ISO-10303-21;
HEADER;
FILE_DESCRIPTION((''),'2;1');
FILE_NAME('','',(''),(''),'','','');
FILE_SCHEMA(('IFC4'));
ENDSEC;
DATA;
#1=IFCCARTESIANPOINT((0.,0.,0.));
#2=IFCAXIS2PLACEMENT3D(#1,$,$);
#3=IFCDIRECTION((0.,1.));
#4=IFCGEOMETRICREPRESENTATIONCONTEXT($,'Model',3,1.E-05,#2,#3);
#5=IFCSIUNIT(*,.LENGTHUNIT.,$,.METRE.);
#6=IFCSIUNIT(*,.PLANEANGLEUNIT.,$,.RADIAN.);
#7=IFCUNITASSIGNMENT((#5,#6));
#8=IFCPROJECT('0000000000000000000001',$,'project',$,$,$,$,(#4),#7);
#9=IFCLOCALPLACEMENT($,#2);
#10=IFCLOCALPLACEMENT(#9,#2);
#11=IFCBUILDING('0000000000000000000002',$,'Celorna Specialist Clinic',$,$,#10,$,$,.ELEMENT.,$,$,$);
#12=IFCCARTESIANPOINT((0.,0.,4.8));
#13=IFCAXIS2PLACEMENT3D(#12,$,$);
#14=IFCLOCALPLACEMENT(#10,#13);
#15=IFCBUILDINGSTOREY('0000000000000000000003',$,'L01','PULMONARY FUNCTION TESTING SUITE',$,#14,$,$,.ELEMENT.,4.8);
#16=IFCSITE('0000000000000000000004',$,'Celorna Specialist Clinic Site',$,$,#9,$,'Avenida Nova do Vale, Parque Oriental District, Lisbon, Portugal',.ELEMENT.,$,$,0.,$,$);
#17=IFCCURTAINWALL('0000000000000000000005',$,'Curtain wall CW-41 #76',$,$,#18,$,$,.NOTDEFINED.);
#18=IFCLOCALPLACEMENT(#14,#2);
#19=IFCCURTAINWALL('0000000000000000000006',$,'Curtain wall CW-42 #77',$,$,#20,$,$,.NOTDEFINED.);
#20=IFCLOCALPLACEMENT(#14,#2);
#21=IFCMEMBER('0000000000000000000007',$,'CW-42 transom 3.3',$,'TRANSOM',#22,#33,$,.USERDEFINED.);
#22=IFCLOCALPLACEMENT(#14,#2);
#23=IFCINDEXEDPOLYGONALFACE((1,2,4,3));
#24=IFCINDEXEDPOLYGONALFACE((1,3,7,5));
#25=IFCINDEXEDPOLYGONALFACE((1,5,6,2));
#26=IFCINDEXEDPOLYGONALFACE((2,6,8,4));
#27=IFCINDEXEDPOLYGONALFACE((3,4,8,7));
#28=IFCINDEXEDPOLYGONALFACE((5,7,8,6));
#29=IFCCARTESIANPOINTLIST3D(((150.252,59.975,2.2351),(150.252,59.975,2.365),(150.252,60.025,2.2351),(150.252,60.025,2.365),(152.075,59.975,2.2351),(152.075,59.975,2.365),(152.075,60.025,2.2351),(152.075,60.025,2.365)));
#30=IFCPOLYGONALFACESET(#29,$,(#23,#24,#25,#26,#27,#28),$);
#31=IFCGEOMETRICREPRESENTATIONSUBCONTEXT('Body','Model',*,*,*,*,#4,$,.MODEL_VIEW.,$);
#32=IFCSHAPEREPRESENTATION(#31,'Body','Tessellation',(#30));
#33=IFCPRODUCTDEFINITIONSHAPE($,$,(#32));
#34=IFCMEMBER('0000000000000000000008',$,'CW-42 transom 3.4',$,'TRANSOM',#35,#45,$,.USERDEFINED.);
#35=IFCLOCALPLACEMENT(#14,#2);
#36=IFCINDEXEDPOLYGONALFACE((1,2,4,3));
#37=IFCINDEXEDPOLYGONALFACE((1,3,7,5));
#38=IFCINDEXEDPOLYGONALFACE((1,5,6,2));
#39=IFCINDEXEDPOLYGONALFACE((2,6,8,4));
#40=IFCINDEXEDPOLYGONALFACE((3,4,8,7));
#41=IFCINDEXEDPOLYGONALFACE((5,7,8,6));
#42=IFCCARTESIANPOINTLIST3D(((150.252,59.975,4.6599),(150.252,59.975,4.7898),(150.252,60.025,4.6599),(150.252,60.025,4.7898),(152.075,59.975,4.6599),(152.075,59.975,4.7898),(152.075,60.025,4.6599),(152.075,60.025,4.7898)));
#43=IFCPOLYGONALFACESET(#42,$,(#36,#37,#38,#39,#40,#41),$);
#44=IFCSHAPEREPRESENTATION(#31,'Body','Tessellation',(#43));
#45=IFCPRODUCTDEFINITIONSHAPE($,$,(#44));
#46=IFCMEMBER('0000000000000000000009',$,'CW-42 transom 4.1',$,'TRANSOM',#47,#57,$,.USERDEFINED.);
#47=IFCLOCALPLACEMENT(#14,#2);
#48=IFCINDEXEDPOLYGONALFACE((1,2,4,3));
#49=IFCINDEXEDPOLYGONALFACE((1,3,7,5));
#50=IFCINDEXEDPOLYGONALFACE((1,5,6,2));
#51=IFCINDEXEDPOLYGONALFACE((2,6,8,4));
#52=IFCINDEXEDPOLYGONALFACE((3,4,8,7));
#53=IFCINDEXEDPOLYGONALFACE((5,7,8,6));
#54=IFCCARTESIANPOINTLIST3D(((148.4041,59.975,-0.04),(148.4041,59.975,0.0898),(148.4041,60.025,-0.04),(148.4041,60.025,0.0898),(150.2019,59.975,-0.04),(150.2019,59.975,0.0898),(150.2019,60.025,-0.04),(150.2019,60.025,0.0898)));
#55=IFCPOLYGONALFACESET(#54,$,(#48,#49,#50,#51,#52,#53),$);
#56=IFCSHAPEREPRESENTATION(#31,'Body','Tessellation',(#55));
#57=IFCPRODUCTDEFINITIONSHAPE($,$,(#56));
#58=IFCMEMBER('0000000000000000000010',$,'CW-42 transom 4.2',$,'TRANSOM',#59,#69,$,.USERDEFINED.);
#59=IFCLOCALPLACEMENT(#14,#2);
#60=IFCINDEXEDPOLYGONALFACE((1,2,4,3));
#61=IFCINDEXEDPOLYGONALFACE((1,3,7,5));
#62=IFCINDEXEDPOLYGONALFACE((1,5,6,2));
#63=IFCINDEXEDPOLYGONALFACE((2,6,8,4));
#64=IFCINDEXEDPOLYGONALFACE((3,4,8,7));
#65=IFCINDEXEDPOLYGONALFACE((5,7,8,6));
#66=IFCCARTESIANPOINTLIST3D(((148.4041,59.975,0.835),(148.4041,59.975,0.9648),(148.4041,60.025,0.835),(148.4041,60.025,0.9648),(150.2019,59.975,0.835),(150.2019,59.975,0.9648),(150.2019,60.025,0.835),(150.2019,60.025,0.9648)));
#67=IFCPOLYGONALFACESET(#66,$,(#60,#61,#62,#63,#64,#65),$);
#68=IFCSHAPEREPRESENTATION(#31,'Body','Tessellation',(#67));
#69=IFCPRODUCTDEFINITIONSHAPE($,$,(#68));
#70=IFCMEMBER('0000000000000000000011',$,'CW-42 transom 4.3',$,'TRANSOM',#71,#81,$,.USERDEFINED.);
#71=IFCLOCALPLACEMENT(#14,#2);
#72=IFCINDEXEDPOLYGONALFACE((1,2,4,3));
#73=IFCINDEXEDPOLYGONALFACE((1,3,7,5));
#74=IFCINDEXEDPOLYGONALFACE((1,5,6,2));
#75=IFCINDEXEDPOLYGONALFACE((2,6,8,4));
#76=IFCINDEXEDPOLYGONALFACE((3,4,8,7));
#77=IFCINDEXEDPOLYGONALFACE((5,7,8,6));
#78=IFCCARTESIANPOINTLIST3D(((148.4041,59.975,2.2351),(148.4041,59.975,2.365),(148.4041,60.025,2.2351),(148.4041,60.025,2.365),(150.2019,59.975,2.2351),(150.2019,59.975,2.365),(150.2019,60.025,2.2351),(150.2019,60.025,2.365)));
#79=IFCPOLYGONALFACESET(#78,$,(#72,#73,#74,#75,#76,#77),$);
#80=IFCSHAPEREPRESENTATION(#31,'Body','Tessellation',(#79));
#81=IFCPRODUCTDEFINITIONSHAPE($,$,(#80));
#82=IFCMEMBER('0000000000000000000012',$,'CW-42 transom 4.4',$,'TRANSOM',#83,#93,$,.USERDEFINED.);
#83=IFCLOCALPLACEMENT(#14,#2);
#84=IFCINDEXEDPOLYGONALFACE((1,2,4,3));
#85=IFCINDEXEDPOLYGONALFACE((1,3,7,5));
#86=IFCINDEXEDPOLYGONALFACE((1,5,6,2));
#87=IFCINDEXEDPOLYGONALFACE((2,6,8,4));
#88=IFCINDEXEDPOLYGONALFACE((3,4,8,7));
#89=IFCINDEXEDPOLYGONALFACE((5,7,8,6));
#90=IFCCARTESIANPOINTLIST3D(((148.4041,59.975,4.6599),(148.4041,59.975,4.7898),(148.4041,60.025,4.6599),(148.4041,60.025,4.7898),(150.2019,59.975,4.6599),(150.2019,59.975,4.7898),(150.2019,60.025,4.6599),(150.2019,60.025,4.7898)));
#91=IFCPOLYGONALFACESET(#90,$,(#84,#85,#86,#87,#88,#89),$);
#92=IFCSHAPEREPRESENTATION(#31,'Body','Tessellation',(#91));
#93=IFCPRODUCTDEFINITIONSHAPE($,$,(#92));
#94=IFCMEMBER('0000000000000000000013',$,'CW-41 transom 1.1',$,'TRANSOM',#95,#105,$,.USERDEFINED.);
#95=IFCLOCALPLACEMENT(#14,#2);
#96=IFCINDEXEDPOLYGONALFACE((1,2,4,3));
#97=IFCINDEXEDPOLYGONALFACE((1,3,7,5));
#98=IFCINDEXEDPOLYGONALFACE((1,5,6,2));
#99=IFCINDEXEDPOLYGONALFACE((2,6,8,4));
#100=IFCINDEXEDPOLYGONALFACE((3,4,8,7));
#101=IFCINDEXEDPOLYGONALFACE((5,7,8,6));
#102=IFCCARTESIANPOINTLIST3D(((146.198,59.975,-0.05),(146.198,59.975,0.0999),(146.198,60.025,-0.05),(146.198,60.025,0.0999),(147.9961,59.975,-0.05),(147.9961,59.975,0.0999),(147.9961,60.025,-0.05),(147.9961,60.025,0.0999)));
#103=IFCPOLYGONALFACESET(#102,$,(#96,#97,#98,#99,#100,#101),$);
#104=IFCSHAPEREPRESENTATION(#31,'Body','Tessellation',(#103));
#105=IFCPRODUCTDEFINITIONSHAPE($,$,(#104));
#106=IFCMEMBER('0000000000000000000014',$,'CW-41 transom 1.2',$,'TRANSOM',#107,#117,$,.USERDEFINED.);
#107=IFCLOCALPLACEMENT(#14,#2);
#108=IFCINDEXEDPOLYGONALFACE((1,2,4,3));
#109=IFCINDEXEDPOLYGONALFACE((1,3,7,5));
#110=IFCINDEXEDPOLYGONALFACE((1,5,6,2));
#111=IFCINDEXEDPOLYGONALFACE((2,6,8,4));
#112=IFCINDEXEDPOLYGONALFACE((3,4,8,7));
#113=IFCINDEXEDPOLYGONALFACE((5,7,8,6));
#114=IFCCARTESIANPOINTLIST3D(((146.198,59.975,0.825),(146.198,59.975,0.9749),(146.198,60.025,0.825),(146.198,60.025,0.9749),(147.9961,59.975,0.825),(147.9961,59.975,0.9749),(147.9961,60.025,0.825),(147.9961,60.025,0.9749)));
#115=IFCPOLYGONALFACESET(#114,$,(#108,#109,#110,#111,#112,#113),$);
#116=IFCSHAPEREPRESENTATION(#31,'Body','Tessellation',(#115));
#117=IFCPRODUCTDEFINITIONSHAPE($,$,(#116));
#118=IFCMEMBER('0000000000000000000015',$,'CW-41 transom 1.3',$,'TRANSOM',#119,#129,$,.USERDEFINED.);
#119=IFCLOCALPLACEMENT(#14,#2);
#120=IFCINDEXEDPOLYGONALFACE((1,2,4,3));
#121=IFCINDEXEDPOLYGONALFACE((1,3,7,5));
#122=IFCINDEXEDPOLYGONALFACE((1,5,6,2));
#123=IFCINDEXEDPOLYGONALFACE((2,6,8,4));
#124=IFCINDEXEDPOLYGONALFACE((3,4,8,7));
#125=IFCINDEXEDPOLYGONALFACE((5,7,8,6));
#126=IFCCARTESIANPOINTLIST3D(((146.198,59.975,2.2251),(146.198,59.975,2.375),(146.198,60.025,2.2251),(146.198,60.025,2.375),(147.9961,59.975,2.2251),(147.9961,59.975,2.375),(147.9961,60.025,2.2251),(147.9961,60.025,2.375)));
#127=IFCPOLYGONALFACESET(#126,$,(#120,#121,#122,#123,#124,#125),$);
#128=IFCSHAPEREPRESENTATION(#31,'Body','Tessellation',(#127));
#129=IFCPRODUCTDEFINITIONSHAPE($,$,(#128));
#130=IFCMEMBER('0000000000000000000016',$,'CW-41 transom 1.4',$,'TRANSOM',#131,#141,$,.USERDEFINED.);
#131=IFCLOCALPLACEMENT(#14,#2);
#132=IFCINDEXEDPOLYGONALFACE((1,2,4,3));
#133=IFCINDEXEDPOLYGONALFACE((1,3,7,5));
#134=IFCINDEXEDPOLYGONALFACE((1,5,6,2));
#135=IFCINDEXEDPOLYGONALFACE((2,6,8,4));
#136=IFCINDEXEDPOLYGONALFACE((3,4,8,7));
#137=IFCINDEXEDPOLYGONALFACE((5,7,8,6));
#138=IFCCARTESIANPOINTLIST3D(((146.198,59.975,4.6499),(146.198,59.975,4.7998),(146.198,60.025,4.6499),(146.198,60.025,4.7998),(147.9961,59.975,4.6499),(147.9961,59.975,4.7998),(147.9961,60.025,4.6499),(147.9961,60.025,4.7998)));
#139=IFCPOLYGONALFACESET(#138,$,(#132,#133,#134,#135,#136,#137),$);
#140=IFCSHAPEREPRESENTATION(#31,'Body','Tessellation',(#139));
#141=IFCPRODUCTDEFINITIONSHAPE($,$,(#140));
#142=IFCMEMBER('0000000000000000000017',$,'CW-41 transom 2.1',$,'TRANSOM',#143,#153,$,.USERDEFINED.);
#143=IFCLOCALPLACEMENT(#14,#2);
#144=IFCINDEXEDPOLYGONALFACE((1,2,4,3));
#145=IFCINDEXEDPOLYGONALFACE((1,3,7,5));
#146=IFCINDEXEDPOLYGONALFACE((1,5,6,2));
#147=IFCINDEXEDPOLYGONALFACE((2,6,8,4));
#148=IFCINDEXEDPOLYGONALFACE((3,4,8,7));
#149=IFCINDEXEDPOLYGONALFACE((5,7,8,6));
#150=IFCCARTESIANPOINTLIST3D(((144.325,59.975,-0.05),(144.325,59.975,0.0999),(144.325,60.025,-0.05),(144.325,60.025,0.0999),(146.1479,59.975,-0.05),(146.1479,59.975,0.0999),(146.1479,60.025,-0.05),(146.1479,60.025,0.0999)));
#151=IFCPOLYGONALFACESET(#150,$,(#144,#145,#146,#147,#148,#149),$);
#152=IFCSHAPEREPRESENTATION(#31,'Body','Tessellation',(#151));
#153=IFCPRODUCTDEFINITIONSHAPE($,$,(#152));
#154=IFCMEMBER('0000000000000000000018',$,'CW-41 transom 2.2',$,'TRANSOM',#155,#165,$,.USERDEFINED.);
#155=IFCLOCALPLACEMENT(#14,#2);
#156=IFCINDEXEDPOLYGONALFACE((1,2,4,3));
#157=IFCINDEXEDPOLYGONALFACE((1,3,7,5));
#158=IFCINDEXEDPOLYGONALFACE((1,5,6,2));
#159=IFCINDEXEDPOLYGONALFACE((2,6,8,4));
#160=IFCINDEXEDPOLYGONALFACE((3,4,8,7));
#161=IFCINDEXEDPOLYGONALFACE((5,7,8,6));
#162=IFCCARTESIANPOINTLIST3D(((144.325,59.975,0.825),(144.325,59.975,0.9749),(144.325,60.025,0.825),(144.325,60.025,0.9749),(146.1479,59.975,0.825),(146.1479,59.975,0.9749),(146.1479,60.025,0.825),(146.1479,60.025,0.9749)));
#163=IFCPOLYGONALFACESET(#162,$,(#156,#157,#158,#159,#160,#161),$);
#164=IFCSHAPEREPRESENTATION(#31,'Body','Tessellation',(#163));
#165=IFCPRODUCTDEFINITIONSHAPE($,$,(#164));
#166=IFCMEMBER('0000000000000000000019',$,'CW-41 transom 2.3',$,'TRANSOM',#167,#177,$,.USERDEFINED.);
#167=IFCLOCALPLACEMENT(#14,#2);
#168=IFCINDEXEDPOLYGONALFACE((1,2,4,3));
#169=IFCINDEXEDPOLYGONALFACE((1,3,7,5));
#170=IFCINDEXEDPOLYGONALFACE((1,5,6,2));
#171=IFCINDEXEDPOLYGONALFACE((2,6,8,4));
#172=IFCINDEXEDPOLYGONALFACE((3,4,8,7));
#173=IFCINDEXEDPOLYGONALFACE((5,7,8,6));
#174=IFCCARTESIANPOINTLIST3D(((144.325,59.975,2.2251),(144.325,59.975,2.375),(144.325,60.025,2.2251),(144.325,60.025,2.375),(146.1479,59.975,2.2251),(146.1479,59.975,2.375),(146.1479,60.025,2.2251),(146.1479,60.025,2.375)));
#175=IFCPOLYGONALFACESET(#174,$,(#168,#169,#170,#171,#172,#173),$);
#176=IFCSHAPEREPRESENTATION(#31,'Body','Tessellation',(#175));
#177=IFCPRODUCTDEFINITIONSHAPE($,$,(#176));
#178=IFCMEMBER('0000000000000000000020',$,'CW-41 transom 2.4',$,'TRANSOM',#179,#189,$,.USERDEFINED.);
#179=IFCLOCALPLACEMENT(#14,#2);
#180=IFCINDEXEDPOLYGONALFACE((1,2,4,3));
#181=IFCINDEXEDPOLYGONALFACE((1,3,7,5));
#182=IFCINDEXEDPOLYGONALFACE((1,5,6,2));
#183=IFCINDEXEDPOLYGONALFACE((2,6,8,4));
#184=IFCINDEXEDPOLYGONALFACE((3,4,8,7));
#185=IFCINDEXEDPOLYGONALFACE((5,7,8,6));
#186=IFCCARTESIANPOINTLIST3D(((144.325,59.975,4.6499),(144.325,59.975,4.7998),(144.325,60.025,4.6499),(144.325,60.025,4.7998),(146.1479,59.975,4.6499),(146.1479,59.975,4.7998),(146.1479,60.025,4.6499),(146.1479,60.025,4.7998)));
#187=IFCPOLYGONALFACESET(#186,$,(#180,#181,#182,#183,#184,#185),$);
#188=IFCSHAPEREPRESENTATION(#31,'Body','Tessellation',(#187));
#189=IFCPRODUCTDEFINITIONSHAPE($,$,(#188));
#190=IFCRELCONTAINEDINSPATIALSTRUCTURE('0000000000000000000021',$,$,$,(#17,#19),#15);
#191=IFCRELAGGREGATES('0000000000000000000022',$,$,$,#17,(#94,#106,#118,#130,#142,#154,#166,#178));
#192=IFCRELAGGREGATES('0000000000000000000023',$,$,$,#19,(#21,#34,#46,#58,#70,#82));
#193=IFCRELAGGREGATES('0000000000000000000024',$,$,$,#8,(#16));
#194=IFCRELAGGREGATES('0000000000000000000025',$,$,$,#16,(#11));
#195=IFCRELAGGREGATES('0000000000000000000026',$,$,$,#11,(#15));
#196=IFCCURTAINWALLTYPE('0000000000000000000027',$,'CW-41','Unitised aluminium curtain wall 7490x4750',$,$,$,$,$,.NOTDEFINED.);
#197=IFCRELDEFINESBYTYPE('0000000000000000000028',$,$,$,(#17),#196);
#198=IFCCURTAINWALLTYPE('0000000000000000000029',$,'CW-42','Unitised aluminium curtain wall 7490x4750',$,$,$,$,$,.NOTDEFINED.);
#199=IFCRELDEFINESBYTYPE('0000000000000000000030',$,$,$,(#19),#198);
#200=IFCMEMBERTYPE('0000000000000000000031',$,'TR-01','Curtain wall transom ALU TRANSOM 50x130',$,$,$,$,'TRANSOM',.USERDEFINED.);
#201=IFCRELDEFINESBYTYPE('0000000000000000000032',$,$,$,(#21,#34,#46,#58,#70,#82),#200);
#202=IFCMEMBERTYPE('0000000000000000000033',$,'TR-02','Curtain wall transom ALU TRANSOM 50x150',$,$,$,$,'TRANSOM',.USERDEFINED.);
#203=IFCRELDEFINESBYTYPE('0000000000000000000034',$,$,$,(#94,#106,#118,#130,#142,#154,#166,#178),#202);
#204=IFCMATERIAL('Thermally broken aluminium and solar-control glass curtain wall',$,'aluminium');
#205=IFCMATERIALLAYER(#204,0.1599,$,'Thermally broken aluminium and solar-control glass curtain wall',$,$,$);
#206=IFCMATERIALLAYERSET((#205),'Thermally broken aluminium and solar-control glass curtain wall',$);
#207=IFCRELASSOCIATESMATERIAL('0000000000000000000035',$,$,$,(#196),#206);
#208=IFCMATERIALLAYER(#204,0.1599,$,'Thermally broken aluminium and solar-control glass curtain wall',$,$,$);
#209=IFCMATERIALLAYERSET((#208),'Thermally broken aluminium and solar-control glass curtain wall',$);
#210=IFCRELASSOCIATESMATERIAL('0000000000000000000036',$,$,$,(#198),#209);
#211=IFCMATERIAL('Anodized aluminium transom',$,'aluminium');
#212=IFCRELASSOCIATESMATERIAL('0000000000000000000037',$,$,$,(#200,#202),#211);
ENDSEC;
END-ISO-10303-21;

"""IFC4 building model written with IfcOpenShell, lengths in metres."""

from ifc_helpers import new_model, si_unit, direction, frame, origin, origin_2d, place, context, subcontext, project, spatial, rectangle, extrude, material, layer, layer_set, material_profile, profile_set, type_object, element, aggregate, save


model = new_model("IFC4")

# Units and contexts
model_context = context("Model", 3, precision=1e-05, world=origin(), true_north=direction((0.0, 1.0)))
body_context = subcontext(model_context, "Body", "Model", "MODEL_VIEW")
ifc_project = project(units=[si_unit("LENGTHUNIT", "METRE"), si_unit("PLANEANGLEUNIT", "RADIAN")], contexts=[model_context])

# Site, building, storey
site_placement = place(None, origin())
site = spatial("IfcSite", under=ifc_project, at=site_placement, Name="Celorna Specialist Clinic Site", LongName="Avenida Nova do Vale, Parque Oriental District, Lisbon, Portugal", CompositionType="ELEMENT", RefElevation=0.0)
building_placement = place(site_placement, origin())
building = spatial("IfcBuilding", under=site, at=building_placement, Name="Celorna Specialist Clinic", CompositionType="ELEMENT")
storey_placement = place(building_placement, frame((0.0, 0.0, 4.8)))
storey = spatial("IfcBuildingStorey", under=building, at=storey_placement, Name="L01", Description="PULMONARY FUNCTION TESTING SUITE", CompositionType="ELEMENT", Elevation=4.8)

# Curtain walls, members
ifc_material_1 = material(Name="Thermally broken aluminium and solar-control glass curtain wall", Category="aluminium")
ifc_layer_1 = layer(ifc_material_1, 0.1599, Name="Thermally broken aluminium and solar-control glass curtain wall")
ifc_layer_set_1 = layer_set([ifc_layer_1], Name="Thermally broken aluminium and solar-control glass curtain wall")
curtain_wall_type_1 = type_object("IfcCurtainWallType", Name="CW-41", Description="Unitised aluminium curtain wall 7490x4750", PredefinedType="NOTDEFINED", material=ifc_layer_set_1)
curtain_wall_1_placement = place(storey_placement, origin())
curtain_wall_1 = element("IfcCurtainWall", 1, at=curtain_wall_1_placement, inside=storey, type_object=curtain_wall_type_1, Name="Curtain wall CW-41 #76", PredefinedType="NOTDEFINED")
ifc_layer_2 = layer(ifc_material_1, 0.1599, Name="Thermally broken aluminium and solar-control glass curtain wall")
ifc_layer_set_2 = layer_set([ifc_layer_2], Name="Thermally broken aluminium and solar-control glass curtain wall")
curtain_wall_type_2 = type_object("IfcCurtainWallType", Name="CW-42", Description="Unitised aluminium curtain wall 7490x4750", PredefinedType="NOTDEFINED", material=ifc_layer_set_2)
curtain_wall_2_placement = place(storey_placement, origin())
curtain_wall_2 = element("IfcCurtainWall", 2, at=curtain_wall_2_placement, inside=storey, type_object=curtain_wall_type_2, Name="Curtain wall CW-42 #77", PredefinedType="NOTDEFINED")
ifc_material_2 = material(Name="Anodized aluminium transom", Category="aluminium")
ifc_material_profile_1 = material_profile(ifc_material_2, rectangle(XDim=0.05, YDim=0.1299, at=origin_2d()), Name="ALU TRANSOM 50x130")
ifc_profile_set_1 = profile_set([ifc_material_profile_1], Name="Anodized aluminium transom")
member_type_1 = type_object("IfcMemberType", Name="TR-01", Description="Curtain wall transom ALU TRANSOM 50x130", ElementType="TRANSOM", PredefinedType="USERDEFINED", material=ifc_profile_set_1)
member_1_placement = place(storey_placement, frame((152.075, 60.0, 2.3), z_axis=(-1.0, 0.0, 0.0), x_axis=(0.0, -1.0, 0.0)))
member_1 = element("IfcMember", 3, at=member_1_placement, type_object=member_type_1, Name="CW-42 transom 3.3", ObjectType="TRANSOM", PredefinedType="USERDEFINED", context=body_context, shape_type="SweptSolid", body=[
    extrude(rectangle(XDim=0.05, YDim=0.1299, at=origin_2d()), origin(), (0.0, 0.0, 1.0), 1.823),
])
member_2_placement = place(storey_placement, frame((152.075, 60.0, 4.7249), z_axis=(-1.0, 0.0, 0.0), x_axis=(0.0, -1.0, 0.0)))
member_2 = element("IfcMember", 4, at=member_2_placement, type_object=member_type_1, Name="CW-42 transom 3.4", ObjectType="TRANSOM", PredefinedType="USERDEFINED", context=body_context, shape_type="SweptSolid", body=[
    extrude(rectangle(XDim=0.05, YDim=0.1299, at=origin_2d()), origin(), (0.0, 0.0, 1.0), 1.823),
])
member_3_placement = place(storey_placement, frame((150.2019, 60.0, 0.0249), z_axis=(-1.0, 0.0, 0.0), x_axis=(0.0, -1.0, 0.0)))
member_3 = element("IfcMember", 5, at=member_3_placement, type_object=member_type_1, Name="CW-42 transom 4.1", ObjectType="TRANSOM", PredefinedType="USERDEFINED", context=body_context, shape_type="SweptSolid", body=[
    extrude(rectangle(XDim=0.05, YDim=0.1299, at=origin_2d()), origin(), (0.0, 0.0, 1.0), 1.7979),
])
member_4_placement = place(storey_placement, frame((150.2019, 60.0, 0.8999), z_axis=(-1.0, 0.0, 0.0), x_axis=(0.0, -1.0, 0.0)))
member_4 = element("IfcMember", 6, at=member_4_placement, type_object=member_type_1, Name="CW-42 transom 4.2", ObjectType="TRANSOM", PredefinedType="USERDEFINED", context=body_context, shape_type="SweptSolid", body=[
    extrude(rectangle(XDim=0.05, YDim=0.1299, at=origin_2d()), origin(), (0.0, 0.0, 1.0), 1.7979),
])
member_5_placement = place(storey_placement, frame((150.2019, 60.0, 2.3), z_axis=(-1.0, 0.0, 0.0), x_axis=(0.0, -1.0, 0.0)))
member_5 = element("IfcMember", 7, at=member_5_placement, type_object=member_type_1, Name="CW-42 transom 4.3", ObjectType="TRANSOM", PredefinedType="USERDEFINED", context=body_context, shape_type="SweptSolid", body=[
    extrude(rectangle(XDim=0.05, YDim=0.1299, at=origin_2d()), origin(), (0.0, 0.0, 1.0), 1.7979),
])
member_6_placement = place(storey_placement, frame((150.2019, 60.0, 4.7249), z_axis=(-1.0, 0.0, 0.0), x_axis=(0.0, -1.0, 0.0)))
member_6 = element("IfcMember", 8, at=member_6_placement, type_object=member_type_1, Name="CW-42 transom 4.4", ObjectType="TRANSOM", PredefinedType="USERDEFINED", context=body_context, shape_type="SweptSolid", body=[
    extrude(rectangle(XDim=0.05, YDim=0.1299, at=origin_2d()), origin(), (0.0, 0.0, 1.0), 1.7979),
])

# Members
ifc_material_profile_2 = material_profile(ifc_material_2, rectangle(XDim=0.05, YDim=0.1499, at=origin_2d()), Name="ALU TRANSOM 50x150")
ifc_profile_set_2 = profile_set([ifc_material_profile_2], Name="Anodized aluminium transom")
member_type_2 = type_object("IfcMemberType", Name="TR-02", Description="Curtain wall transom ALU TRANSOM 50x150", ElementType="TRANSOM", PredefinedType="USERDEFINED", material=ifc_profile_set_2)
member_7_placement = place(storey_placement, frame((147.9961, 60.0, 0.0249), z_axis=(-1.0, 0.0, 0.0), x_axis=(0.0, -1.0, 0.0)))
member_7 = element("IfcMember", 9, at=member_7_placement, type_object=member_type_2, Name="CW-41 transom 1.1", ObjectType="TRANSOM", PredefinedType="USERDEFINED", context=body_context, shape_type="SweptSolid", body=[
    extrude(rectangle(XDim=0.05, YDim=0.1499, at=origin_2d()), origin(), (0.0, 0.0, 1.0), 1.7981),
])
member_8_placement = place(storey_placement, frame((147.9961, 60.0, 0.8999), z_axis=(-1.0, 0.0, 0.0), x_axis=(0.0, -1.0, 0.0)))
member_8 = element("IfcMember", 10, at=member_8_placement, type_object=member_type_2, Name="CW-41 transom 1.2", ObjectType="TRANSOM", PredefinedType="USERDEFINED", context=body_context, shape_type="SweptSolid", body=[
    extrude(rectangle(XDim=0.05, YDim=0.1499, at=origin_2d()), origin(), (0.0, 0.0, 1.0), 1.7981),
])
member_9_placement = place(storey_placement, frame((147.9961, 60.0, 2.3), z_axis=(-1.0, 0.0, 0.0), x_axis=(0.0, -1.0, 0.0)))
member_9 = element("IfcMember", 11, at=member_9_placement, type_object=member_type_2, Name="CW-41 transom 1.3", ObjectType="TRANSOM", PredefinedType="USERDEFINED", context=body_context, shape_type="SweptSolid", body=[
    extrude(rectangle(XDim=0.05, YDim=0.1499, at=origin_2d()), origin(), (0.0, 0.0, 1.0), 1.7981),
])
member_10_placement = place(storey_placement, frame((147.9961, 60.0, 4.7249), z_axis=(-1.0, 0.0, 0.0), x_axis=(0.0, -1.0, 0.0)))
member_10 = element("IfcMember", 12, at=member_10_placement, type_object=member_type_2, Name="CW-41 transom 1.4", ObjectType="TRANSOM", PredefinedType="USERDEFINED", context=body_context, shape_type="SweptSolid", body=[
    extrude(rectangle(XDim=0.05, YDim=0.1499, at=origin_2d()), origin(), (0.0, 0.0, 1.0), 1.7981),
])
member_11_placement = place(storey_placement, frame((146.1479, 60.0, 0.0249), z_axis=(-1.0, 0.0, 0.0), x_axis=(0.0, -1.0, 0.0)))
member_11 = element("IfcMember", 13, at=member_11_placement, type_object=member_type_2, Name="CW-41 transom 2.1", ObjectType="TRANSOM", PredefinedType="USERDEFINED", context=body_context, shape_type="SweptSolid", body=[
    extrude(rectangle(XDim=0.05, YDim=0.1499, at=origin_2d()), origin(), (0.0, 0.0, 1.0), 1.823),
])
member_12_placement = place(storey_placement, frame((146.1479, 60.0, 0.8999), z_axis=(-1.0, 0.0, 0.0), x_axis=(0.0, -1.0, 0.0)))
member_12 = element("IfcMember", 14, at=member_12_placement, type_object=member_type_2, Name="CW-41 transom 2.2", ObjectType="TRANSOM", PredefinedType="USERDEFINED", context=body_context, shape_type="SweptSolid", body=[
    extrude(rectangle(XDim=0.05, YDim=0.1499, at=origin_2d()), origin(), (0.0, 0.0, 1.0), 1.823),
])
member_13_placement = place(storey_placement, frame((146.1479, 60.0, 2.3), z_axis=(-1.0, 0.0, 0.0), x_axis=(0.0, -1.0, 0.0)))
member_13 = element("IfcMember", 15, at=member_13_placement, type_object=member_type_2, Name="CW-41 transom 2.3", ObjectType="TRANSOM", PredefinedType="USERDEFINED", context=body_context, shape_type="SweptSolid", body=[
    extrude(rectangle(XDim=0.05, YDim=0.1499, at=origin_2d()), origin(), (0.0, 0.0, 1.0), 1.823),
])
member_14_placement = place(storey_placement, frame((146.1479, 60.0, 4.7249), z_axis=(-1.0, 0.0, 0.0), x_axis=(0.0, -1.0, 0.0)))
member_14 = element("IfcMember", 16, at=member_14_placement, type_object=member_type_2, Name="CW-41 transom 2.4", ObjectType="TRANSOM", PredefinedType="USERDEFINED", context=body_context, shape_type="SweptSolid", body=[
    extrude(rectangle(XDim=0.05, YDim=0.1499, at=origin_2d()), origin(), (0.0, 0.0, 1.0), 1.823),
])

aggregate(curtain_wall_1, [member_7, member_8, member_9, member_10, member_11, member_12, member_13, member_14])
aggregate(curtain_wall_2, [member_1, member_2, member_3, member_4, member_5, member_6])

save(model, "model.ifc")
